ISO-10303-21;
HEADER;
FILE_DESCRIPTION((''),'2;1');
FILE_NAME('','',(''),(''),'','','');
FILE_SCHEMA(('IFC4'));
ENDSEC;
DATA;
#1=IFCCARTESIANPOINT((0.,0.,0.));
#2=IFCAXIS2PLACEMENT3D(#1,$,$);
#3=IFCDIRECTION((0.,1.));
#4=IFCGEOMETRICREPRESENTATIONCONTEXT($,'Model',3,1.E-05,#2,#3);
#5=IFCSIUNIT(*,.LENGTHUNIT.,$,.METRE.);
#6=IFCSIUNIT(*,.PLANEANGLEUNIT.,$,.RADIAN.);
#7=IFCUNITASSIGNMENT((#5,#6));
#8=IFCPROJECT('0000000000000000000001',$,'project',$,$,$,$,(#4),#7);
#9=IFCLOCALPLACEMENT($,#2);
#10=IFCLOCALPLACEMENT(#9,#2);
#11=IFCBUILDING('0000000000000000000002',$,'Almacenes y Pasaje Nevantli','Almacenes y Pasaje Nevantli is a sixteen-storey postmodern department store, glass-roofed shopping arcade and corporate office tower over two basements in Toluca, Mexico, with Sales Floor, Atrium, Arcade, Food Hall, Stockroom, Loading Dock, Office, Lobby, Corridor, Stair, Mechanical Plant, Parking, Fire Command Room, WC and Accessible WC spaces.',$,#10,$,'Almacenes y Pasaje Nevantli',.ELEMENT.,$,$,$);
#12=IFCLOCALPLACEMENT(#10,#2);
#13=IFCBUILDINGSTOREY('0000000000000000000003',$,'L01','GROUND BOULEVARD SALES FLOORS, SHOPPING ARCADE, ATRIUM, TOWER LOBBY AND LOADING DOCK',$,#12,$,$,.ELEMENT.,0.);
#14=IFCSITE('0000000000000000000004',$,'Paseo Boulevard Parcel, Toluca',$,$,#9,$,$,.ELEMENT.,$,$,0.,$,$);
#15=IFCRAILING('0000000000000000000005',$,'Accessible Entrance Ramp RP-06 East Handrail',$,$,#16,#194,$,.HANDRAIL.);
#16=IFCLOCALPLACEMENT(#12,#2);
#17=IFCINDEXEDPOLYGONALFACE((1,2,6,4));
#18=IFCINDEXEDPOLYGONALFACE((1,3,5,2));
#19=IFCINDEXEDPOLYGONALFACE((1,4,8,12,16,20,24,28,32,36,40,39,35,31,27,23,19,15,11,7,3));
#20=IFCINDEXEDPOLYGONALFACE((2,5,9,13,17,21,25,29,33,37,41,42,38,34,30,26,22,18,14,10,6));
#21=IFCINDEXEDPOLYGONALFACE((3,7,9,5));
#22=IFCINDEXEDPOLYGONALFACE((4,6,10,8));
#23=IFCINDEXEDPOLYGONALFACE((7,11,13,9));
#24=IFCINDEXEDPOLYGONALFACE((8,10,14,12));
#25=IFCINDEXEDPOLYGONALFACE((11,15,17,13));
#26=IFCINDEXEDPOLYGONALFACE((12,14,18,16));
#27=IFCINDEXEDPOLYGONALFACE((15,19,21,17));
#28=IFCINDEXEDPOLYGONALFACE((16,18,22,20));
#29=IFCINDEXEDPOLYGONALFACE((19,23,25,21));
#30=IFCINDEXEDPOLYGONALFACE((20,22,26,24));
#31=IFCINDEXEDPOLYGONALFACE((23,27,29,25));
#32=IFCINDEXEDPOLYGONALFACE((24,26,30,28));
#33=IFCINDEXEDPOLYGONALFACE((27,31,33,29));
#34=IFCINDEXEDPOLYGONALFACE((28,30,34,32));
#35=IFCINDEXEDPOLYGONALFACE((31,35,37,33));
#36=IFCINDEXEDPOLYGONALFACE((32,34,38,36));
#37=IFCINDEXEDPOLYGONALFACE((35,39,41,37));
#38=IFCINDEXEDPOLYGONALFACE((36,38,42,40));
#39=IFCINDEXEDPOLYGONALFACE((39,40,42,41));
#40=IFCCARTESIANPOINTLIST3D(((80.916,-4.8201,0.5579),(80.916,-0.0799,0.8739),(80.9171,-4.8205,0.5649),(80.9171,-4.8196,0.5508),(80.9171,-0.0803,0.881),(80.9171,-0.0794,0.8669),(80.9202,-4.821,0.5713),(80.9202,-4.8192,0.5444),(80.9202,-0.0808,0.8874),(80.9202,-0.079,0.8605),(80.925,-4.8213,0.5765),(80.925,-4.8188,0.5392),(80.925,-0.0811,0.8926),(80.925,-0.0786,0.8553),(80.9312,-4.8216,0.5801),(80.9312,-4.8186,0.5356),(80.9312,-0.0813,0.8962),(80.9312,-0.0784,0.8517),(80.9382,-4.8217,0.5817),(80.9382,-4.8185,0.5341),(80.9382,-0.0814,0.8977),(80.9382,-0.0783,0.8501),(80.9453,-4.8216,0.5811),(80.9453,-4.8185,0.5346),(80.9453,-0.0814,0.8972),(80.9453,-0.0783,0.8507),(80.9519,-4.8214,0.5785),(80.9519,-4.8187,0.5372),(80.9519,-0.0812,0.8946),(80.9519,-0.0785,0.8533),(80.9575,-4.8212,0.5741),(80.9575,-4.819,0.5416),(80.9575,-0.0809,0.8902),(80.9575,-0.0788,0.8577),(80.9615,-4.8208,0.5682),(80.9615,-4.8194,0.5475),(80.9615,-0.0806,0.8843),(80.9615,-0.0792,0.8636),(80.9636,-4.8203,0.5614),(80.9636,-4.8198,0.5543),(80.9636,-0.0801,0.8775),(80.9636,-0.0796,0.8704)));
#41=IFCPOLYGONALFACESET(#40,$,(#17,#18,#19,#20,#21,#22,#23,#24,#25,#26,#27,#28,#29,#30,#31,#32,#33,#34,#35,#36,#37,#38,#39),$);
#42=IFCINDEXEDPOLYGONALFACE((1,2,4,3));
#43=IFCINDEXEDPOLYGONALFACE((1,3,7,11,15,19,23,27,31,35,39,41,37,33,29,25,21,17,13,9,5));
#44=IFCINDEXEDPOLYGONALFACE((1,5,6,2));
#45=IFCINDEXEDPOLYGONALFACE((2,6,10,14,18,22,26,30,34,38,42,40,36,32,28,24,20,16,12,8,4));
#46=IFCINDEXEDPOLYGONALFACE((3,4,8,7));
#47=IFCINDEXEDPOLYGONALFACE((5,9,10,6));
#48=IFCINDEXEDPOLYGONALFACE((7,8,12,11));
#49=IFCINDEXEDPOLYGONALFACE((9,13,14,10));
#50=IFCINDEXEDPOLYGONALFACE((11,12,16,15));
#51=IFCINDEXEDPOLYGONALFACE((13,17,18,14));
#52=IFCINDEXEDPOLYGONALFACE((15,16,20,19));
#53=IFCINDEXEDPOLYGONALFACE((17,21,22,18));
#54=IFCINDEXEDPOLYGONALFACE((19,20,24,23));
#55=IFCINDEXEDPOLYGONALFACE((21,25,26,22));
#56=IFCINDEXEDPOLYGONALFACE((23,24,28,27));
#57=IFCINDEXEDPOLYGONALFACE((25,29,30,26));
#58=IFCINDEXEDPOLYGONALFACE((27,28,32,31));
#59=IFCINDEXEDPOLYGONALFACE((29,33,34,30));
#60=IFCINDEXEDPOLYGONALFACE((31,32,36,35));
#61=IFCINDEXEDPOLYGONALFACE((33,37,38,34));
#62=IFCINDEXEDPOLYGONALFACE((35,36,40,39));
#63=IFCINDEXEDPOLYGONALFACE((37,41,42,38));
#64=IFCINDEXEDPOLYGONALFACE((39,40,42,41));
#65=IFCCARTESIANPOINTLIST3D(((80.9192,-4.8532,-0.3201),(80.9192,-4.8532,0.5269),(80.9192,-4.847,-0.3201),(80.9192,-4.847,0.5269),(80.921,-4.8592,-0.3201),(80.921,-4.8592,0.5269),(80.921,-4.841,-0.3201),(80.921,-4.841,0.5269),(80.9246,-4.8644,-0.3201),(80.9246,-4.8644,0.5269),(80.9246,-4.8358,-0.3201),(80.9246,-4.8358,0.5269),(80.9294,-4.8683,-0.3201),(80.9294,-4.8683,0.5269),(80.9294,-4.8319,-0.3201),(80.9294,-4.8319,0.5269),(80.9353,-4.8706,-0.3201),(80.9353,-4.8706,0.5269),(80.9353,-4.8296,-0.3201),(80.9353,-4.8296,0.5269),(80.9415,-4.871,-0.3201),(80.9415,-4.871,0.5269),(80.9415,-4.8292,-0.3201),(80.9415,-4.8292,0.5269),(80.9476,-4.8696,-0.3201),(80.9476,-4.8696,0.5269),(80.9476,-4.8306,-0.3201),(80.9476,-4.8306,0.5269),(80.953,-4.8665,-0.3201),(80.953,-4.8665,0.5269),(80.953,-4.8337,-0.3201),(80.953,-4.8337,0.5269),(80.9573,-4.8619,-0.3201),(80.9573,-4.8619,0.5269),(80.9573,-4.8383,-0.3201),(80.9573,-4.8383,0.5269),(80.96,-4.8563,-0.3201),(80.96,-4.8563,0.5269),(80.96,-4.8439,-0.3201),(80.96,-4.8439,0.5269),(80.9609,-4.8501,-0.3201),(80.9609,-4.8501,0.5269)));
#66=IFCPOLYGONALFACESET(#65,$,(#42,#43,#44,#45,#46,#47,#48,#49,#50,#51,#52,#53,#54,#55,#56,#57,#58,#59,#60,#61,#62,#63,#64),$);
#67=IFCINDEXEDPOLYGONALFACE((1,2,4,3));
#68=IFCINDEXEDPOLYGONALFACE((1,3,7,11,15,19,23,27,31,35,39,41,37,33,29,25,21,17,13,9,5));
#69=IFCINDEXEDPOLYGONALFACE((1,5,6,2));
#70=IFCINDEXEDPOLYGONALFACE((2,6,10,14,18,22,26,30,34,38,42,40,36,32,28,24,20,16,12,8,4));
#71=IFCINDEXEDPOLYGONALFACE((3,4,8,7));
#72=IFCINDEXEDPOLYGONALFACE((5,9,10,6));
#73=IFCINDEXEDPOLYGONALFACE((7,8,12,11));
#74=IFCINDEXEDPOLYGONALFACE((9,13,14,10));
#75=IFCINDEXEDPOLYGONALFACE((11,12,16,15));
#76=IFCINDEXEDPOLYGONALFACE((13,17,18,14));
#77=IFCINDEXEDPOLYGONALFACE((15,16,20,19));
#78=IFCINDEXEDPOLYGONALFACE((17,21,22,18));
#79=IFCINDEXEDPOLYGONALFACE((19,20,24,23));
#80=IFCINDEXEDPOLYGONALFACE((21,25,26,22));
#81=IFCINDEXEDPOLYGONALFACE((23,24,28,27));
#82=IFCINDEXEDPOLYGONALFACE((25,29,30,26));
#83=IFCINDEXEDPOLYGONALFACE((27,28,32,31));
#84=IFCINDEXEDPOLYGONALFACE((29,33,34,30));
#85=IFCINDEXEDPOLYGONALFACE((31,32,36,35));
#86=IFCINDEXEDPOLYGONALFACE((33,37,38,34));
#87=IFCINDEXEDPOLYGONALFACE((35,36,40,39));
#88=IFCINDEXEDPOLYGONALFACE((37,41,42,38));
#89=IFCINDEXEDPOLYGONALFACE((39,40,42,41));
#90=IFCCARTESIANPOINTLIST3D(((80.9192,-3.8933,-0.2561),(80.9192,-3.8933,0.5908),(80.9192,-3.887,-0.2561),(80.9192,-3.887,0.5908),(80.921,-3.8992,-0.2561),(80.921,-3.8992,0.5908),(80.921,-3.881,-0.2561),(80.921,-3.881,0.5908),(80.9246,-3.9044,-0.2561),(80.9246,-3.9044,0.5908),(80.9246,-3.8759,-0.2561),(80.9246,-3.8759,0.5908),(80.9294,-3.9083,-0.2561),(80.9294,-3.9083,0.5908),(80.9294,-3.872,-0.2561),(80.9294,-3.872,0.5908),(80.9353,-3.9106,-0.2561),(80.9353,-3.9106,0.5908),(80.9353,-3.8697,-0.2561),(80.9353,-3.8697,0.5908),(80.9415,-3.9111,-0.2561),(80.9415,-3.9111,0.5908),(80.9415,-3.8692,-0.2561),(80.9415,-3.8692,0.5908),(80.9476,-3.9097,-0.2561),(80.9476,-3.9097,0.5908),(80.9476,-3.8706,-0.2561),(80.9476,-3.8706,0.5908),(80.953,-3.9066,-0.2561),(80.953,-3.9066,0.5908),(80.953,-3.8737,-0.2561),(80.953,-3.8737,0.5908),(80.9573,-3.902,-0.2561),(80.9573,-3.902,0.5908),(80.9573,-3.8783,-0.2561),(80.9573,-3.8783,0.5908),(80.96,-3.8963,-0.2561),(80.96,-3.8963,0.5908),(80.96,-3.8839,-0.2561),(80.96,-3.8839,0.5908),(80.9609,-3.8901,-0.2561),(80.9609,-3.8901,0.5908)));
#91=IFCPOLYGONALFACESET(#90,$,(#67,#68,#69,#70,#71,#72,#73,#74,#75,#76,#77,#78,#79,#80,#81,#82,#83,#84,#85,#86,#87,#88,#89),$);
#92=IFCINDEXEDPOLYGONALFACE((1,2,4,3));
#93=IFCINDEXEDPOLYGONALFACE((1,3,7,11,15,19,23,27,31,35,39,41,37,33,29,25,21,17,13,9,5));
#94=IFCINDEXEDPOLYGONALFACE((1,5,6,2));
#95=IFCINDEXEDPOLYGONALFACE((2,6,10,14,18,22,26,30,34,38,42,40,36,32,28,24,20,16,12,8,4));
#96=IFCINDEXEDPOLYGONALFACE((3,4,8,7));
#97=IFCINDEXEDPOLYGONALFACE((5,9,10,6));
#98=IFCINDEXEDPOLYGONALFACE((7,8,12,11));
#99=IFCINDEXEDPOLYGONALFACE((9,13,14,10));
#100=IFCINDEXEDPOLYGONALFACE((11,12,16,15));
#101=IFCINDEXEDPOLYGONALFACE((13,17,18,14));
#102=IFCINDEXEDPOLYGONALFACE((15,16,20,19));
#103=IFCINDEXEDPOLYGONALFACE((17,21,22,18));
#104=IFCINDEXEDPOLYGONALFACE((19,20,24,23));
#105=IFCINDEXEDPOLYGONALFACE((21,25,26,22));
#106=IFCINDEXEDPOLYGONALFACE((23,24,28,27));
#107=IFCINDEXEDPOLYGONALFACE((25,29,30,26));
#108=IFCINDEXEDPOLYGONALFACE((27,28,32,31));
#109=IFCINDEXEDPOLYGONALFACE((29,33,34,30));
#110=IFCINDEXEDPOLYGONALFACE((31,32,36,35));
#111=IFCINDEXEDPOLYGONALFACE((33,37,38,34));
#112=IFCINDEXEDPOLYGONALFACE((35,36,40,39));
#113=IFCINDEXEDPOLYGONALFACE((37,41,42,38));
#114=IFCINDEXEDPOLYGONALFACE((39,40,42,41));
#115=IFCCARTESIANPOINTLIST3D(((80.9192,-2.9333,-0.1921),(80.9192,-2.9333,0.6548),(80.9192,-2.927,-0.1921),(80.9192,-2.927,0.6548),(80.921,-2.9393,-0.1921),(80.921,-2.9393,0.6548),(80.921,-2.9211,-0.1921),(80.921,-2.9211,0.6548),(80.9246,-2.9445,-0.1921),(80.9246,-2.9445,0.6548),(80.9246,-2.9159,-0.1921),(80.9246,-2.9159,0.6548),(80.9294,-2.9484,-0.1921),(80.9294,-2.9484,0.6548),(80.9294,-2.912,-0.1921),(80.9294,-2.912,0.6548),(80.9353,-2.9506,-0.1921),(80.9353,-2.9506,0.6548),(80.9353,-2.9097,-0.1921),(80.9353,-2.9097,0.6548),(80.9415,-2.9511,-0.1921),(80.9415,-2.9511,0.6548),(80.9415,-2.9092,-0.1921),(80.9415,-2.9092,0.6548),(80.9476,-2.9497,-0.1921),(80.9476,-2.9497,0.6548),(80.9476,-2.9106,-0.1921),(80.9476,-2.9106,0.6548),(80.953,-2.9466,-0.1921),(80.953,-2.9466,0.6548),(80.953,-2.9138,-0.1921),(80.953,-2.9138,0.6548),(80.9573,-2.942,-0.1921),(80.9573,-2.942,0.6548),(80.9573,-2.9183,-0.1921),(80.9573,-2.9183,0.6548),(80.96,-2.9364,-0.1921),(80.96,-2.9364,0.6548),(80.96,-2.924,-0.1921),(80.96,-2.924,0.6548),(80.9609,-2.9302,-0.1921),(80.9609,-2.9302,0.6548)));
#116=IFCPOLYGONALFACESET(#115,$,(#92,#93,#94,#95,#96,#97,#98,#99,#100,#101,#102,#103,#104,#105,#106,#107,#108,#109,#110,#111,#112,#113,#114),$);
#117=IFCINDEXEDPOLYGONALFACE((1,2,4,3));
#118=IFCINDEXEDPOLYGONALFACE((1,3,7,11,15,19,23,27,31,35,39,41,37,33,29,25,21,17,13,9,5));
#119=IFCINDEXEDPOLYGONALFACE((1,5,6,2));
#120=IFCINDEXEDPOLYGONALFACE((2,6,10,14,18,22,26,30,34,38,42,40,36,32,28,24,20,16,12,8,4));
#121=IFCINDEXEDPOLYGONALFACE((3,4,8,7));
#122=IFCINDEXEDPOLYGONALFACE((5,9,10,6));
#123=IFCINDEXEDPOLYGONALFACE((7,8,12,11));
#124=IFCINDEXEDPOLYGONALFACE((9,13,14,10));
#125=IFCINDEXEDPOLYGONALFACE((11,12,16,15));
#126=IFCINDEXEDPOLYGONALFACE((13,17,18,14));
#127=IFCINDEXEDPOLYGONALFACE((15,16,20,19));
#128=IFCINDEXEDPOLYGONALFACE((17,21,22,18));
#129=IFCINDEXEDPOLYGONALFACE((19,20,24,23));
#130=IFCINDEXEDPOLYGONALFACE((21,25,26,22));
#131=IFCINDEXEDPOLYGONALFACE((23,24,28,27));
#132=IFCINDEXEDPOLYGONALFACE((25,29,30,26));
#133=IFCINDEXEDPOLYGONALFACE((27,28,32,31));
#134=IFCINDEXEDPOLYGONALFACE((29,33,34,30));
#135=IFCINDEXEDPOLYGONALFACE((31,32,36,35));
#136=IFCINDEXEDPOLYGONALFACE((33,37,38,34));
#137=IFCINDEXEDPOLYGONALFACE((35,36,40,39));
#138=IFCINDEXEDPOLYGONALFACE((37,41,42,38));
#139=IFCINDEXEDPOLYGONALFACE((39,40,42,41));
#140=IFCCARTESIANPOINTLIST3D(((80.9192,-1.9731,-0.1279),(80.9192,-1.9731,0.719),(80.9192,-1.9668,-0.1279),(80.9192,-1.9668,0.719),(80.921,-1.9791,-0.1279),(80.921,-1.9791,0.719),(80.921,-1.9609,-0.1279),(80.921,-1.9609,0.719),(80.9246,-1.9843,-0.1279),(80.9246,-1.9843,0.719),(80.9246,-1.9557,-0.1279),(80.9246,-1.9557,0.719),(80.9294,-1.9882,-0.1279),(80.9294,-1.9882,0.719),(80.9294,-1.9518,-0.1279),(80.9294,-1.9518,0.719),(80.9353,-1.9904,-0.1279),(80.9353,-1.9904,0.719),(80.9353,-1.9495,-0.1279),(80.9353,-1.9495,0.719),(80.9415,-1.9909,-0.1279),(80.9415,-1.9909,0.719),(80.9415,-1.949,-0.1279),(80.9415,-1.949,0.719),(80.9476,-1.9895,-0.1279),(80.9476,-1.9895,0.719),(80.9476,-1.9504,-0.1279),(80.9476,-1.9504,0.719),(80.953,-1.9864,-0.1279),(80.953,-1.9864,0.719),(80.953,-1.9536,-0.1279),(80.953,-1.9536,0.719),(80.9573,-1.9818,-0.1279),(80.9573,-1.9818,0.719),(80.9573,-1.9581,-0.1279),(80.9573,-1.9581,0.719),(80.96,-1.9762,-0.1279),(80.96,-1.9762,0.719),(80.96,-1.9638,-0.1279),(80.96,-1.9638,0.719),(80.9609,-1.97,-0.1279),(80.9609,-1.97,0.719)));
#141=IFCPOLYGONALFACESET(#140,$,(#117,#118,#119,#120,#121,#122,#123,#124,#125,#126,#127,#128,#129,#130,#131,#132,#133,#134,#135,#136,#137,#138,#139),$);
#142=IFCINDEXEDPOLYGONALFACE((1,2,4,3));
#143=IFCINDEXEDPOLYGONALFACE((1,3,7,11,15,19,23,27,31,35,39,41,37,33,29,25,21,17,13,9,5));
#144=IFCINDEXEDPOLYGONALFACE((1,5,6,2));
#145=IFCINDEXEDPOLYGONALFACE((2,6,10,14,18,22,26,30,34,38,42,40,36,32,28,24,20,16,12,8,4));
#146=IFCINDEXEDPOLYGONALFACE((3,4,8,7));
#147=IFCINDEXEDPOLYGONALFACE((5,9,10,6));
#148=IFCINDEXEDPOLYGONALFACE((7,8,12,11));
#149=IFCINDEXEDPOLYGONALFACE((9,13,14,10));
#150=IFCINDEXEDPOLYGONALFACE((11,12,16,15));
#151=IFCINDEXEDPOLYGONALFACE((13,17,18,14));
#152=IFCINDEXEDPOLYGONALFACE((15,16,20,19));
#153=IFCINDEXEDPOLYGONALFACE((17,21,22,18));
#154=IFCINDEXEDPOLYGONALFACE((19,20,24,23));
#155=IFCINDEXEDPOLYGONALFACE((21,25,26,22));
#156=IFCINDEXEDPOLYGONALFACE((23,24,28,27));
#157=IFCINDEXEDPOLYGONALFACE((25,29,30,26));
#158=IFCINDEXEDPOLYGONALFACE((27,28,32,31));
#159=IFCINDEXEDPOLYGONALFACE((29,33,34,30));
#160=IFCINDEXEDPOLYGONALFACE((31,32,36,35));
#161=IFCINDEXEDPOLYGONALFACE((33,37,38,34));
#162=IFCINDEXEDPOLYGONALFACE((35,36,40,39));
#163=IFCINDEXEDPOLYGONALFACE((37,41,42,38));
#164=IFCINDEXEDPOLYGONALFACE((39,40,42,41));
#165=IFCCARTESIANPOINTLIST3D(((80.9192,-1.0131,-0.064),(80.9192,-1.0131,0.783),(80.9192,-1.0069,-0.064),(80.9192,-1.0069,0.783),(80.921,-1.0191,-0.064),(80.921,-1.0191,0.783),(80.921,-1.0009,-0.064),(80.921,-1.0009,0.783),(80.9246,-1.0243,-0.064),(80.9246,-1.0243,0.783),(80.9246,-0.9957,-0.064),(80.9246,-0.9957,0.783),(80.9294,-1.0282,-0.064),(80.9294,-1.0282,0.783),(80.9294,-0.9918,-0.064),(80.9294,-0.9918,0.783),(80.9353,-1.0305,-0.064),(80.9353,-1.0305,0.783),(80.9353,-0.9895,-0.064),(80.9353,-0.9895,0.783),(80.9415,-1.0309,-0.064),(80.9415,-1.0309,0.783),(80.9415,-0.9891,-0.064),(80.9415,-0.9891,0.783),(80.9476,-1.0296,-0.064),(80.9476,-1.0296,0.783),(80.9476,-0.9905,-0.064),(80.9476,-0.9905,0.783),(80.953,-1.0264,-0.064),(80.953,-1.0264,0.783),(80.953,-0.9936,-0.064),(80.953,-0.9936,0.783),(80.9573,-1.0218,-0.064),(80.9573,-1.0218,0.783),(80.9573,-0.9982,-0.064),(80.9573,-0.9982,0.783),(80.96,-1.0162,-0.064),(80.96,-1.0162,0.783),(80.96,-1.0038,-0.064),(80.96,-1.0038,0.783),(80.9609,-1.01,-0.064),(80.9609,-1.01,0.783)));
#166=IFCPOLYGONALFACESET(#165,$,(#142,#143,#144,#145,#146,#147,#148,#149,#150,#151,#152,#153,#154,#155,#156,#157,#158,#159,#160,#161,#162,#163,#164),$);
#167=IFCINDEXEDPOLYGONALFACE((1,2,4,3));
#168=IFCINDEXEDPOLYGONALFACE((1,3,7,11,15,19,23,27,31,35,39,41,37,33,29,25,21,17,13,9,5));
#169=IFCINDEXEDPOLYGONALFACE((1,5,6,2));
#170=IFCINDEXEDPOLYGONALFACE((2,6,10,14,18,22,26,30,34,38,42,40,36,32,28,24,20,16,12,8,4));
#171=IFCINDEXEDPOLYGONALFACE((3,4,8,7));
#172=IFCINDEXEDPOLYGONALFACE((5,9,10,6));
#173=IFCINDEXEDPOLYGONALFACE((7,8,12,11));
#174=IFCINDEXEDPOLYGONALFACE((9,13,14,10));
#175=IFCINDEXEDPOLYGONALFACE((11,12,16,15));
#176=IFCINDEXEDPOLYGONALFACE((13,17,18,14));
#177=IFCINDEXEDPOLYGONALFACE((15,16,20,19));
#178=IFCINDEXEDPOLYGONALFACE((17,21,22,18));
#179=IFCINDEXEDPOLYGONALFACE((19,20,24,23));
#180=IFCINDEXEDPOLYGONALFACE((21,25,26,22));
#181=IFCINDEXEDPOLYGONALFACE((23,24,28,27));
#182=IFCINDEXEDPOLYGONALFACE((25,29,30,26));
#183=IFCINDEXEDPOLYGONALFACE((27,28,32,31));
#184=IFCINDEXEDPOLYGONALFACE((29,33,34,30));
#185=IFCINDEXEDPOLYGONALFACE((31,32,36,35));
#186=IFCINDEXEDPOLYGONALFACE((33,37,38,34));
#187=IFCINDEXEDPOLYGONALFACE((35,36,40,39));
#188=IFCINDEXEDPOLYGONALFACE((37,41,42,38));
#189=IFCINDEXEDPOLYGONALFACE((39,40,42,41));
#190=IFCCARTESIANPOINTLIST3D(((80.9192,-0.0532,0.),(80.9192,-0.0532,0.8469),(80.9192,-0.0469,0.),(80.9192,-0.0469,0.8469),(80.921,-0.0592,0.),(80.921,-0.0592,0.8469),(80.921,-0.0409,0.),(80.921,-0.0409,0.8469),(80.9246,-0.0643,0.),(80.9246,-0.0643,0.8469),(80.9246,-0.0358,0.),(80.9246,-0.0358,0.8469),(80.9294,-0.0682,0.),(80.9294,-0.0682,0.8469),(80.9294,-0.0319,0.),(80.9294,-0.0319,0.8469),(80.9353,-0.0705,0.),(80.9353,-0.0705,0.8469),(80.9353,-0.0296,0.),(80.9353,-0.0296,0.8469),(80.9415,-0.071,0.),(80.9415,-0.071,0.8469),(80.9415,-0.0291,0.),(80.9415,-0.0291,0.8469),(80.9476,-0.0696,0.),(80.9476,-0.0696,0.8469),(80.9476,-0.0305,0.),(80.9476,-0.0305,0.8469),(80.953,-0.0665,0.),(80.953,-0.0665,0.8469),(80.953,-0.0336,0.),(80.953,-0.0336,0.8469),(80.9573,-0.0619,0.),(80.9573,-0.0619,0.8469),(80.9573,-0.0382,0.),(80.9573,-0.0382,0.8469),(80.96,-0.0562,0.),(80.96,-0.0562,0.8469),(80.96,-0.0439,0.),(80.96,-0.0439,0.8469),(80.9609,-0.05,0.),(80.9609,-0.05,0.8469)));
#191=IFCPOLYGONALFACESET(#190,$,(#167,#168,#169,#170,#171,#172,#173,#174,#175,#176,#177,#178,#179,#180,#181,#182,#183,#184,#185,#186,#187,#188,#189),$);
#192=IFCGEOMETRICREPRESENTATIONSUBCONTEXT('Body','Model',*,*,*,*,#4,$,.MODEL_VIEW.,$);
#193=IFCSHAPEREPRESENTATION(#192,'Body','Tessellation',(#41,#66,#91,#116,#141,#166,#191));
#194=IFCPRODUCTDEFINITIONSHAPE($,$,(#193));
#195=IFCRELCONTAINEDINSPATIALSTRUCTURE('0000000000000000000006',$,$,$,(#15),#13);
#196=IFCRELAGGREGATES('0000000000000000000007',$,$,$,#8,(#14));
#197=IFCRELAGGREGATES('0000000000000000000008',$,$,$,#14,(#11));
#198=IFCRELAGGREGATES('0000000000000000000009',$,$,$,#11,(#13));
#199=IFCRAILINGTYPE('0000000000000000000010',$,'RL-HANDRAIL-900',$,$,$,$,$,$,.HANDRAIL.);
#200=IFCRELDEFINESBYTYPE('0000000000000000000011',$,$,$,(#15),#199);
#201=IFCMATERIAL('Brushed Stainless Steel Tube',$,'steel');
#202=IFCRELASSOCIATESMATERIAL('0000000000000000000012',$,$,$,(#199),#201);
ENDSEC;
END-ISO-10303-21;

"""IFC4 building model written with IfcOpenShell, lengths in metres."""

from ifc_helpers import new_model, si_unit, direction, frame, origin, origin_2d, place, context, subcontext, project, spatial, circle, extrude, material, type_object, element, save


model = new_model("IFC4")

# Units and contexts
model_context = context("Model", 3, precision=1e-05, world=origin(), true_north=direction((0.0, 1.0)))
body_context = subcontext(model_context, "Body", "Model", "MODEL_VIEW")
ifc_project = project(units=[si_unit("LENGTHUNIT", "METRE"), si_unit("PLANEANGLEUNIT", "RADIAN")], contexts=[model_context])

# Site, building, storey
site_placement = place(None, origin())
site = spatial("IfcSite", under=ifc_project, at=site_placement, Name="Paseo Boulevard Parcel, Toluca", CompositionType="ELEMENT", RefElevation=0.0)
building_placement = place(site_placement, origin())
building = spatial("IfcBuilding", under=site, at=building_placement, Name="Almacenes y Pasaje Nevantli", Description="Almacenes y Pasaje Nevantli is a sixteen-storey postmodern department store, glass-roofed shopping arcade and corporate office tower over two basements in Toluca, Mexico, with Sales Floor, Atrium, Arcade, Food Hall, Stockroom, Loading Dock, Office, Lobby, Corridor, Stair, Mechanical Plant, Parking, Fire Command Room, WC and Accessible WC spaces.", LongName="Almacenes y Pasaje Nevantli", CompositionType="ELEMENT")
storey_placement = place(building_placement, origin())
storey = spatial("IfcBuildingStorey", under=building, at=storey_placement, Name="L01", Description="GROUND BOULEVARD SALES FLOORS, SHOPPING ARCADE, ATRIUM, TOWER LOBBY AND LOADING DOCK", CompositionType="ELEMENT", Elevation=0.0)

# Railing
ifc_material_1 = material(Name="Brushed Stainless Steel Tube", Category="steel")
railing_type = type_object("IfcRailingType", Name="RL-HANDRAIL-900", PredefinedType="HANDRAIL", material=ifc_material_1)
for number, where, name in (
    (1, (80.9399, -4.8501, -0.3201), "Accessible Entrance Ramp RP-06 East Handrail"),
):
    element("IfcRailing", number, at=place(storey_placement, frame(where)), inside=storey, type_object=railing_type, Name=name, PredefinedType="HANDRAIL", context=body_context, shape_type="SweptSolid", body=[
        extrude(circle(Radius=0.0239, at=origin_2d()), frame((0.0, 0.03, 0.8779), z_axis=(0.0, 0.997784, 0.066532), x_axis=(-1.0, 0.0, 0.0)), (0.0, 0.0, 1.0), 4.7507),
        extrude(circle(Radius=0.021, at=origin_2d()), origin(), (0.0, 0.0, 1.0), 0.8469),
        extrude(circle(Radius=0.021, at=origin_2d()), frame((0.0, 0.96, 0.064)), (0.0, 0.0, 1.0), 0.8469),
        extrude(circle(Radius=0.021, at=origin_2d()), frame((0.0, 1.9199, 0.1279)), (0.0, 0.0, 1.0), 0.8469),
        extrude(circle(Radius=0.021, at=origin_2d()), frame((0.0, 2.8801, 0.1921)), (0.0, 0.0, 1.0), 0.8469),
        extrude(circle(Radius=0.021, at=origin_2d()), frame((0.0, 3.8401, 0.2561)), (0.0, 0.0, 1.0), 0.8469),
        extrude(circle(Radius=0.021, at=origin_2d()), frame((0.0, 4.8, 0.3201)), (0.0, 0.0, 1.0), 0.8469),
    ])

save(model, "model.ifc")
